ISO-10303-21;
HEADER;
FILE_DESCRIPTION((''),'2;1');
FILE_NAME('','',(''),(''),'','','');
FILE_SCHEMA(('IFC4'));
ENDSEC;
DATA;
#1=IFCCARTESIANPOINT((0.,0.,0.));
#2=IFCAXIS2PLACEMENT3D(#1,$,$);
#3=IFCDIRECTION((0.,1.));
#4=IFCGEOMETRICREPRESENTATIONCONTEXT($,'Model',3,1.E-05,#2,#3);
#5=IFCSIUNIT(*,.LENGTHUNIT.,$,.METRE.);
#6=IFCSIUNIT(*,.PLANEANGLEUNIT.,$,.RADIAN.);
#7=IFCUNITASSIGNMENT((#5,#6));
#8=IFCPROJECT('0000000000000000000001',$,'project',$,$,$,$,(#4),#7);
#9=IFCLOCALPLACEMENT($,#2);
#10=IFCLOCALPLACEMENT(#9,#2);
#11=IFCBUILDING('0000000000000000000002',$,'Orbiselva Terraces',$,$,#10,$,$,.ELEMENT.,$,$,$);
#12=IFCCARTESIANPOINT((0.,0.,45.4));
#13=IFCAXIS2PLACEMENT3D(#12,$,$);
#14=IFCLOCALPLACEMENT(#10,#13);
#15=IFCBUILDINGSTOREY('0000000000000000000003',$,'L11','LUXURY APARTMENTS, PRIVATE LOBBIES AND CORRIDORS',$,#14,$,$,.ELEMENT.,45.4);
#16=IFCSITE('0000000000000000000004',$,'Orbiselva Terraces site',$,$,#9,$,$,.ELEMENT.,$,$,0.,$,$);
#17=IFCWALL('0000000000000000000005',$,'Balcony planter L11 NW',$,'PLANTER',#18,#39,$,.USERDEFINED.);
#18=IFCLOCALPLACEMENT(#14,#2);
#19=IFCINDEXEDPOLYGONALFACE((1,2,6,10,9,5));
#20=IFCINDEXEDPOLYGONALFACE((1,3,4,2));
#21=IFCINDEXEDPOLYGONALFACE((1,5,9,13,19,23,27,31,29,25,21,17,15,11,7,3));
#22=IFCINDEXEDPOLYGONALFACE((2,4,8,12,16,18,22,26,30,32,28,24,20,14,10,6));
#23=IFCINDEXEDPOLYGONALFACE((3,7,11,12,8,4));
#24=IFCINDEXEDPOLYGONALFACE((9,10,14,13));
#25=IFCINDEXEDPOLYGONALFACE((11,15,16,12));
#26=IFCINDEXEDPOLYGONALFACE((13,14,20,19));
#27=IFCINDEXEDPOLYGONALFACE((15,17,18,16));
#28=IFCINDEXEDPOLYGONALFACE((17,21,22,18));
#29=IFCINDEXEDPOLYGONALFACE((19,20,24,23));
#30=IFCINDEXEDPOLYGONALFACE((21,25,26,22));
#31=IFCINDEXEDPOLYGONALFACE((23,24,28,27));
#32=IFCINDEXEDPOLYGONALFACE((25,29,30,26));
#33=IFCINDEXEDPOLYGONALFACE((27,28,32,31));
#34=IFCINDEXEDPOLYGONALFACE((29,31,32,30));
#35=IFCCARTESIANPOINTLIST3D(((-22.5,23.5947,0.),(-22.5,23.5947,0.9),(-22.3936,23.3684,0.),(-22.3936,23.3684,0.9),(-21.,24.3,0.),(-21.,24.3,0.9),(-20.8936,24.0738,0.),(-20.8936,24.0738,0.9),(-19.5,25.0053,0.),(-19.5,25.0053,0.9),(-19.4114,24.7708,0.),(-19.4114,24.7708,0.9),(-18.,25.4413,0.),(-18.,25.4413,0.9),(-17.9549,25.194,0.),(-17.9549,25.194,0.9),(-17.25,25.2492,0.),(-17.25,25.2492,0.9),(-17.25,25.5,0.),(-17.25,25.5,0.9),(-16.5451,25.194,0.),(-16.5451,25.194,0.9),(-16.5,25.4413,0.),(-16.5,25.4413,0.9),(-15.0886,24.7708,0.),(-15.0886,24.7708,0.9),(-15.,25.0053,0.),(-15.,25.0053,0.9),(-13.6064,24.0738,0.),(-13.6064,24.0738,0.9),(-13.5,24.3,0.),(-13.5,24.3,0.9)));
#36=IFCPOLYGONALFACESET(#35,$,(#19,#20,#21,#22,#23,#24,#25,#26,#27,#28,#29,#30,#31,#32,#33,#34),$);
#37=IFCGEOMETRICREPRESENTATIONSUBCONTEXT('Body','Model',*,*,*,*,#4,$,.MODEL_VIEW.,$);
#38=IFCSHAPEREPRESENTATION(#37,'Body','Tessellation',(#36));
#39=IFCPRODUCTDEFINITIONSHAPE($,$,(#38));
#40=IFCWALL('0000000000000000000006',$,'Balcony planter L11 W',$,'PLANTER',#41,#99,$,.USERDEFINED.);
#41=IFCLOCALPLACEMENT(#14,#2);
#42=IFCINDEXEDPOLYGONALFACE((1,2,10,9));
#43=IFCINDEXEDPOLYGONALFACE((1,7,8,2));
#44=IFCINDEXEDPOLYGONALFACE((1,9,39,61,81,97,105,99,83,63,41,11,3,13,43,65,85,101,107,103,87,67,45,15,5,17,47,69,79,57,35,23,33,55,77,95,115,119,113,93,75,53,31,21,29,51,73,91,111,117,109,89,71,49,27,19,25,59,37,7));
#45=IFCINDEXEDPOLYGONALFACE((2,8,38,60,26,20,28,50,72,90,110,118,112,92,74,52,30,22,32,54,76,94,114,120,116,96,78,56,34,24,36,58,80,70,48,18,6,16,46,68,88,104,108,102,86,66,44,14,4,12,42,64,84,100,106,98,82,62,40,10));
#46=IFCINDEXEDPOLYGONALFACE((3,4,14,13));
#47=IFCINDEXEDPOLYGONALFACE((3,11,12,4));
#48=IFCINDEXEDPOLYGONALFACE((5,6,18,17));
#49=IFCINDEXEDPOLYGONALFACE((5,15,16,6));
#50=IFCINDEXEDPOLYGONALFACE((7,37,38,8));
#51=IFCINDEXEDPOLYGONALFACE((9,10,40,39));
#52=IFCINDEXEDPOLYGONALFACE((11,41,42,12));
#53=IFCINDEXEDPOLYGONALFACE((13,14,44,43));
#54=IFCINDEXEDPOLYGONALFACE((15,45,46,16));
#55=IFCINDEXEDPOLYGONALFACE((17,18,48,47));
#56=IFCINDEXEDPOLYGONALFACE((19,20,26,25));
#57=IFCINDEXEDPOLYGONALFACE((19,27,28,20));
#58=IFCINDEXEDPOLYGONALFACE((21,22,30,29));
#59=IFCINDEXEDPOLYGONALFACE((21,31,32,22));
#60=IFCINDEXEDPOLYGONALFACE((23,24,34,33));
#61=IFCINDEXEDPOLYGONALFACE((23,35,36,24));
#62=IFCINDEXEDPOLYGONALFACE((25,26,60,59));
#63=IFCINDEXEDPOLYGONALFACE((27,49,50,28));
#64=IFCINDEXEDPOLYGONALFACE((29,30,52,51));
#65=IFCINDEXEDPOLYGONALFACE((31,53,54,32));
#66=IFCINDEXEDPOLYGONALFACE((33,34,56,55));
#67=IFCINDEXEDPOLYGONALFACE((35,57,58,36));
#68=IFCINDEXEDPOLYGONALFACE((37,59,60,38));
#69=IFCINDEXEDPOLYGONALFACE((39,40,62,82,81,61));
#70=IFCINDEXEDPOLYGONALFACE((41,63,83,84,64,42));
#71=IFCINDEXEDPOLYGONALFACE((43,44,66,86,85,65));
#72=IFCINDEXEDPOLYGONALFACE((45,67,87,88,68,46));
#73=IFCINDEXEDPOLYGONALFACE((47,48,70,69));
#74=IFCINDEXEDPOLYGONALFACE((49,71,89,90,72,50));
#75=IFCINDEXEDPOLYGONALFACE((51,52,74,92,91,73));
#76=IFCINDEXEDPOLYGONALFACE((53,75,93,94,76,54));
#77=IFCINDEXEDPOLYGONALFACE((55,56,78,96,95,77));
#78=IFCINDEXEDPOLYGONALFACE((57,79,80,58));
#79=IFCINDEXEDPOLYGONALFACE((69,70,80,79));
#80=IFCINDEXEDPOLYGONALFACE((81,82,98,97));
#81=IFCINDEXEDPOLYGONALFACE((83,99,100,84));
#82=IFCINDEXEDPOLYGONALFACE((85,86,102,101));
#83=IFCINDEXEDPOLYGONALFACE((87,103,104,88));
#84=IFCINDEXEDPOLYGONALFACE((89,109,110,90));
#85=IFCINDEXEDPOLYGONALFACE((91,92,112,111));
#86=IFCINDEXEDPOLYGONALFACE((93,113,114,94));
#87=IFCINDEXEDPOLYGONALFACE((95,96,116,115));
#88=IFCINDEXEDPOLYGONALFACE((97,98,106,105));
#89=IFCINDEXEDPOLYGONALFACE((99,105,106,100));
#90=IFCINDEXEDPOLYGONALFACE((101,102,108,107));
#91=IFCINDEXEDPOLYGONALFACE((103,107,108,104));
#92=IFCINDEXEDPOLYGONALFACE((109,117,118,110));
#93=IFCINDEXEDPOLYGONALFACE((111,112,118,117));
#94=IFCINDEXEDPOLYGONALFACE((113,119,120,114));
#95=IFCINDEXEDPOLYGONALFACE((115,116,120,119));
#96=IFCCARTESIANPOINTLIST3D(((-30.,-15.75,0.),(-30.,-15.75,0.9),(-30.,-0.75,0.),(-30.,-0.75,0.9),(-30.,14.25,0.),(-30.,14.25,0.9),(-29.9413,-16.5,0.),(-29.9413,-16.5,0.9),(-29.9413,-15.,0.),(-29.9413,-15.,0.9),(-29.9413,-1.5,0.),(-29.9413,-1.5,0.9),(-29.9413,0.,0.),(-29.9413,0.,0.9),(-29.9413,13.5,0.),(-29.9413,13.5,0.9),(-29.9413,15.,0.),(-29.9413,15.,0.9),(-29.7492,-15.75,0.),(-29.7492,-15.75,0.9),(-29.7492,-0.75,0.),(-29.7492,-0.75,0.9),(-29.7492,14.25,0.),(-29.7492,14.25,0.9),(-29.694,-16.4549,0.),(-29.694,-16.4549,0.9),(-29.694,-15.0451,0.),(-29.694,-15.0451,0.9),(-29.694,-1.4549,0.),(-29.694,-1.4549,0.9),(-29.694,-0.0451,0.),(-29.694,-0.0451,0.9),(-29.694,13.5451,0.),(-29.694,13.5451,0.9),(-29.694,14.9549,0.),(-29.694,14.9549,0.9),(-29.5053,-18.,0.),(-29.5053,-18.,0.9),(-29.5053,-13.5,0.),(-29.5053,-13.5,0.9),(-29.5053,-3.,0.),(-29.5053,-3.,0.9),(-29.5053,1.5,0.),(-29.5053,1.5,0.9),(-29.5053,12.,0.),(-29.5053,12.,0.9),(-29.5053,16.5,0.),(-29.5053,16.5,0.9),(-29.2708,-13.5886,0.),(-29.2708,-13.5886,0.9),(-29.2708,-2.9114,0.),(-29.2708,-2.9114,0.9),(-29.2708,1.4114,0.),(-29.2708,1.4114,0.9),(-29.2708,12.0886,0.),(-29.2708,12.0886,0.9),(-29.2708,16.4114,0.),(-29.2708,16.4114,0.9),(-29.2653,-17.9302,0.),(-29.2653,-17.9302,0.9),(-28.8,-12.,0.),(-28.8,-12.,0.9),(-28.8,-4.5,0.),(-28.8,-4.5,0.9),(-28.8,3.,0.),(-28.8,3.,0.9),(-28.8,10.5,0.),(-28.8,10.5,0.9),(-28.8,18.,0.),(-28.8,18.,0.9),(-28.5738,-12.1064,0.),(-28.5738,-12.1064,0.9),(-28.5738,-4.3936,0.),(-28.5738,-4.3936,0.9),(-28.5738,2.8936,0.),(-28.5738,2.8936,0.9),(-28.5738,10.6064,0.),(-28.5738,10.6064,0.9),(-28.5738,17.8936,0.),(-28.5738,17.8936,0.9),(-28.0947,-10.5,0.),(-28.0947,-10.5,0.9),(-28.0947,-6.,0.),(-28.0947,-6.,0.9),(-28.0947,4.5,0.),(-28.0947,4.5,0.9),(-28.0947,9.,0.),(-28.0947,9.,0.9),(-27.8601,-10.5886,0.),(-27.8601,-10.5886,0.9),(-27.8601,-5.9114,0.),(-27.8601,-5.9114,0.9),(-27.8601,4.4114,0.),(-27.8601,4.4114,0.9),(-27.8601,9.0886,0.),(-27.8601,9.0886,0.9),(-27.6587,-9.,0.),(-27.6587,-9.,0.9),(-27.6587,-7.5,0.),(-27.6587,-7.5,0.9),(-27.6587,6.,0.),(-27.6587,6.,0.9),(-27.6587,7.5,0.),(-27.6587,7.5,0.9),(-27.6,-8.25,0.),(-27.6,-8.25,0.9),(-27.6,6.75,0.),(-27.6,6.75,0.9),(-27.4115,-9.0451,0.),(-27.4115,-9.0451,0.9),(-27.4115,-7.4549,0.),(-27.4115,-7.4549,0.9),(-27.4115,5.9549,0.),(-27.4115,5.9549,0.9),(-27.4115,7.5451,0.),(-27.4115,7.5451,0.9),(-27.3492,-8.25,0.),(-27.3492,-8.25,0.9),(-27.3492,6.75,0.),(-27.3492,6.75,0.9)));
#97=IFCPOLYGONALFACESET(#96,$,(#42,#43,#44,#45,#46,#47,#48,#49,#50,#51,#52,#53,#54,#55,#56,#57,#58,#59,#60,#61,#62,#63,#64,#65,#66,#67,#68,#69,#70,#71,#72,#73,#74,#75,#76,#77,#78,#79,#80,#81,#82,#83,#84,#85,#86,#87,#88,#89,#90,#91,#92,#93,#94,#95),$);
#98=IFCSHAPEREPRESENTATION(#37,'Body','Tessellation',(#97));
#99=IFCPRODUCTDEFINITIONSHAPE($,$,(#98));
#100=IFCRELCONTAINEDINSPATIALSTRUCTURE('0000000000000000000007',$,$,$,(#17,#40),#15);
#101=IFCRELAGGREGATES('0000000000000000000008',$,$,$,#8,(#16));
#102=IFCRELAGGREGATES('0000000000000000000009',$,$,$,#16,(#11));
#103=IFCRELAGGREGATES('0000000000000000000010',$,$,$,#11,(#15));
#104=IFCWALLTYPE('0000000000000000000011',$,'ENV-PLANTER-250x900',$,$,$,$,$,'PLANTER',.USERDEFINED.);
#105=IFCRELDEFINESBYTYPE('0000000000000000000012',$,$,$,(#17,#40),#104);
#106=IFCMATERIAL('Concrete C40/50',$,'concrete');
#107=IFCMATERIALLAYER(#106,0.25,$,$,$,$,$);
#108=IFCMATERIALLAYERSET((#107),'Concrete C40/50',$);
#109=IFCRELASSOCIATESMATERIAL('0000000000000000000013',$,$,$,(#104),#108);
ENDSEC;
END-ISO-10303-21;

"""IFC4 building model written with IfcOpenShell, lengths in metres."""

from ifc_helpers import new_model, si_unit, direction, frame, origin, place, context, subcontext, project, spatial, polyline, outline, extrude, material, layer, layer_set, type_object, element, save


model = new_model("IFC4")

# Units and contexts
model_context = context("Model", 3, precision=1e-05, world=origin(), true_north=direction((0.0, 1.0)))
body_context = subcontext(model_context, "Body", "Model", "MODEL_VIEW")
ifc_project = project(units=[si_unit("LENGTHUNIT", "METRE"), si_unit("PLANEANGLEUNIT", "RADIAN")], contexts=[model_context])

# Site, building, storey
site_placement = place(None, origin())
site = spatial("IfcSite", under=ifc_project, at=site_placement, Name="Orbiselva Terraces site", CompositionType="ELEMENT", RefElevation=0.0)
building_placement = place(site_placement, origin())
building = spatial("IfcBuilding", under=site, at=building_placement, Name="Orbiselva Terraces", CompositionType="ELEMENT")
storey_placement = place(building_placement, frame((0.0, 0.0, 45.4)))
storey = spatial("IfcBuildingStorey", under=building, at=storey_placement, Name="L11", Description="LUXURY APARTMENTS, PRIVATE LOBBIES AND CORRIDORS", CompositionType="ELEMENT", Elevation=45.4)

# Shared definitions
ifc_material_1 = material(Name="Concrete C40/50", Category="concrete")

# Walls
ifc_layer_1 = layer(ifc_material_1, 0.25)
ifc_layer_set_1 = layer_set([ifc_layer_1], Name="Concrete C40/50")
wall_type = type_object("IfcWallType", Name="ENV-PLANTER-250x900", ElementType="PLANTER", PredefinedType="USERDEFINED", material=ifc_layer_set_1)
wall_1_placement = place(storey_placement, origin())
element("IfcWall", 1, at=wall_1_placement, inside=storey, type_object=wall_type, Name="Balcony planter L11 NW", ObjectType="PLANTER", PredefinedType="USERDEFINED", context=body_context, shape_type="SweptSolid", body=[
    extrude(outline(polyline([(-13.5, 24.3), (-15.0, 25.0053), (-16.5, 25.4413), (-17.25, 25.5), (-18.0, 25.4413), (-19.5, 25.0053), (-21.0, 24.3), (-22.5, 23.5947), (-22.3936, 23.3684), (-20.8936, 24.0738), (-19.4114, 24.7708), (-17.9549, 25.194), (-17.25, 25.2492), (-16.5451, 25.194), (-15.0886, 24.7708), (-13.6064, 24.0738), (-13.5, 24.3)])), origin(), (0.0, 0.0, 1.0), 0.9),
])
wall_2_placement = place(storey_placement, origin())
element("IfcWall", 2, at=wall_2_placement, inside=storey, type_object=wall_type, Name="Balcony planter L11 W", ObjectType="PLANTER", PredefinedType="USERDEFINED", context=body_context, shape_type="SweptSolid", body=[
    extrude(outline(polyline([(-28.8, 18.0), (-29.5053, 16.5), (-29.9413, 15.0), (-30.0, 14.25), (-29.9413, 13.5), (-29.5053, 12.0), (-28.8, 10.5), (-28.0947, 9.0), (-27.6587, 7.5), (-27.6, 6.75), (-27.6587, 6.0), (-28.0947, 4.5), (-28.8, 3.0), (-29.5053, 1.5), (-29.9413, 0.0), (-30.0, -0.75), (-29.9413, -1.5), (-29.5053, -3.0), (-28.8, -4.5), (-28.0947, -6.0), (-27.6587, -7.5), (-27.6, -8.25), (-27.6587, -9.0), (-28.0947, -10.5), (-28.8, -12.0), (-29.5053, -13.5), (-29.9413, -15.0), (-30.0, -15.75), (-29.9413, -16.5), (-29.5053, -18.0), (-29.2653, -17.9302), (-29.694, -16.4549), (-29.7492, -15.75), (-29.694, -15.0451), (-29.2708, -13.5886), (-28.5738, -12.1064), (-27.8601, -10.5886), (-27.4115, -9.0451), (-27.3492, -8.25), (-27.4115, -7.4549), (-27.8601, -5.9114), (-28.5738, -4.3936), (-29.2708, -2.9114), (-29.694, -1.4549), (-29.7492, -0.75), (-29.694, -0.0451), (-29.2708, 1.4114), (-28.5738, 2.8936), (-27.8601, 4.4114), (-27.4115, 5.9549), (-27.3492, 6.75), (-27.4115, 7.5451), (-27.8601, 9.0886), (-28.5738, 10.6064), (-29.2708, 12.0886), (-29.694, 13.5451), (-29.7492, 14.25), (-29.694, 14.9549), (-29.2708, 16.4114), (-28.5738, 17.8936), (-28.8, 18.0)])), origin(), (0.0, 0.0, 1.0), 0.9),
])

save(model, "model.ifc")
